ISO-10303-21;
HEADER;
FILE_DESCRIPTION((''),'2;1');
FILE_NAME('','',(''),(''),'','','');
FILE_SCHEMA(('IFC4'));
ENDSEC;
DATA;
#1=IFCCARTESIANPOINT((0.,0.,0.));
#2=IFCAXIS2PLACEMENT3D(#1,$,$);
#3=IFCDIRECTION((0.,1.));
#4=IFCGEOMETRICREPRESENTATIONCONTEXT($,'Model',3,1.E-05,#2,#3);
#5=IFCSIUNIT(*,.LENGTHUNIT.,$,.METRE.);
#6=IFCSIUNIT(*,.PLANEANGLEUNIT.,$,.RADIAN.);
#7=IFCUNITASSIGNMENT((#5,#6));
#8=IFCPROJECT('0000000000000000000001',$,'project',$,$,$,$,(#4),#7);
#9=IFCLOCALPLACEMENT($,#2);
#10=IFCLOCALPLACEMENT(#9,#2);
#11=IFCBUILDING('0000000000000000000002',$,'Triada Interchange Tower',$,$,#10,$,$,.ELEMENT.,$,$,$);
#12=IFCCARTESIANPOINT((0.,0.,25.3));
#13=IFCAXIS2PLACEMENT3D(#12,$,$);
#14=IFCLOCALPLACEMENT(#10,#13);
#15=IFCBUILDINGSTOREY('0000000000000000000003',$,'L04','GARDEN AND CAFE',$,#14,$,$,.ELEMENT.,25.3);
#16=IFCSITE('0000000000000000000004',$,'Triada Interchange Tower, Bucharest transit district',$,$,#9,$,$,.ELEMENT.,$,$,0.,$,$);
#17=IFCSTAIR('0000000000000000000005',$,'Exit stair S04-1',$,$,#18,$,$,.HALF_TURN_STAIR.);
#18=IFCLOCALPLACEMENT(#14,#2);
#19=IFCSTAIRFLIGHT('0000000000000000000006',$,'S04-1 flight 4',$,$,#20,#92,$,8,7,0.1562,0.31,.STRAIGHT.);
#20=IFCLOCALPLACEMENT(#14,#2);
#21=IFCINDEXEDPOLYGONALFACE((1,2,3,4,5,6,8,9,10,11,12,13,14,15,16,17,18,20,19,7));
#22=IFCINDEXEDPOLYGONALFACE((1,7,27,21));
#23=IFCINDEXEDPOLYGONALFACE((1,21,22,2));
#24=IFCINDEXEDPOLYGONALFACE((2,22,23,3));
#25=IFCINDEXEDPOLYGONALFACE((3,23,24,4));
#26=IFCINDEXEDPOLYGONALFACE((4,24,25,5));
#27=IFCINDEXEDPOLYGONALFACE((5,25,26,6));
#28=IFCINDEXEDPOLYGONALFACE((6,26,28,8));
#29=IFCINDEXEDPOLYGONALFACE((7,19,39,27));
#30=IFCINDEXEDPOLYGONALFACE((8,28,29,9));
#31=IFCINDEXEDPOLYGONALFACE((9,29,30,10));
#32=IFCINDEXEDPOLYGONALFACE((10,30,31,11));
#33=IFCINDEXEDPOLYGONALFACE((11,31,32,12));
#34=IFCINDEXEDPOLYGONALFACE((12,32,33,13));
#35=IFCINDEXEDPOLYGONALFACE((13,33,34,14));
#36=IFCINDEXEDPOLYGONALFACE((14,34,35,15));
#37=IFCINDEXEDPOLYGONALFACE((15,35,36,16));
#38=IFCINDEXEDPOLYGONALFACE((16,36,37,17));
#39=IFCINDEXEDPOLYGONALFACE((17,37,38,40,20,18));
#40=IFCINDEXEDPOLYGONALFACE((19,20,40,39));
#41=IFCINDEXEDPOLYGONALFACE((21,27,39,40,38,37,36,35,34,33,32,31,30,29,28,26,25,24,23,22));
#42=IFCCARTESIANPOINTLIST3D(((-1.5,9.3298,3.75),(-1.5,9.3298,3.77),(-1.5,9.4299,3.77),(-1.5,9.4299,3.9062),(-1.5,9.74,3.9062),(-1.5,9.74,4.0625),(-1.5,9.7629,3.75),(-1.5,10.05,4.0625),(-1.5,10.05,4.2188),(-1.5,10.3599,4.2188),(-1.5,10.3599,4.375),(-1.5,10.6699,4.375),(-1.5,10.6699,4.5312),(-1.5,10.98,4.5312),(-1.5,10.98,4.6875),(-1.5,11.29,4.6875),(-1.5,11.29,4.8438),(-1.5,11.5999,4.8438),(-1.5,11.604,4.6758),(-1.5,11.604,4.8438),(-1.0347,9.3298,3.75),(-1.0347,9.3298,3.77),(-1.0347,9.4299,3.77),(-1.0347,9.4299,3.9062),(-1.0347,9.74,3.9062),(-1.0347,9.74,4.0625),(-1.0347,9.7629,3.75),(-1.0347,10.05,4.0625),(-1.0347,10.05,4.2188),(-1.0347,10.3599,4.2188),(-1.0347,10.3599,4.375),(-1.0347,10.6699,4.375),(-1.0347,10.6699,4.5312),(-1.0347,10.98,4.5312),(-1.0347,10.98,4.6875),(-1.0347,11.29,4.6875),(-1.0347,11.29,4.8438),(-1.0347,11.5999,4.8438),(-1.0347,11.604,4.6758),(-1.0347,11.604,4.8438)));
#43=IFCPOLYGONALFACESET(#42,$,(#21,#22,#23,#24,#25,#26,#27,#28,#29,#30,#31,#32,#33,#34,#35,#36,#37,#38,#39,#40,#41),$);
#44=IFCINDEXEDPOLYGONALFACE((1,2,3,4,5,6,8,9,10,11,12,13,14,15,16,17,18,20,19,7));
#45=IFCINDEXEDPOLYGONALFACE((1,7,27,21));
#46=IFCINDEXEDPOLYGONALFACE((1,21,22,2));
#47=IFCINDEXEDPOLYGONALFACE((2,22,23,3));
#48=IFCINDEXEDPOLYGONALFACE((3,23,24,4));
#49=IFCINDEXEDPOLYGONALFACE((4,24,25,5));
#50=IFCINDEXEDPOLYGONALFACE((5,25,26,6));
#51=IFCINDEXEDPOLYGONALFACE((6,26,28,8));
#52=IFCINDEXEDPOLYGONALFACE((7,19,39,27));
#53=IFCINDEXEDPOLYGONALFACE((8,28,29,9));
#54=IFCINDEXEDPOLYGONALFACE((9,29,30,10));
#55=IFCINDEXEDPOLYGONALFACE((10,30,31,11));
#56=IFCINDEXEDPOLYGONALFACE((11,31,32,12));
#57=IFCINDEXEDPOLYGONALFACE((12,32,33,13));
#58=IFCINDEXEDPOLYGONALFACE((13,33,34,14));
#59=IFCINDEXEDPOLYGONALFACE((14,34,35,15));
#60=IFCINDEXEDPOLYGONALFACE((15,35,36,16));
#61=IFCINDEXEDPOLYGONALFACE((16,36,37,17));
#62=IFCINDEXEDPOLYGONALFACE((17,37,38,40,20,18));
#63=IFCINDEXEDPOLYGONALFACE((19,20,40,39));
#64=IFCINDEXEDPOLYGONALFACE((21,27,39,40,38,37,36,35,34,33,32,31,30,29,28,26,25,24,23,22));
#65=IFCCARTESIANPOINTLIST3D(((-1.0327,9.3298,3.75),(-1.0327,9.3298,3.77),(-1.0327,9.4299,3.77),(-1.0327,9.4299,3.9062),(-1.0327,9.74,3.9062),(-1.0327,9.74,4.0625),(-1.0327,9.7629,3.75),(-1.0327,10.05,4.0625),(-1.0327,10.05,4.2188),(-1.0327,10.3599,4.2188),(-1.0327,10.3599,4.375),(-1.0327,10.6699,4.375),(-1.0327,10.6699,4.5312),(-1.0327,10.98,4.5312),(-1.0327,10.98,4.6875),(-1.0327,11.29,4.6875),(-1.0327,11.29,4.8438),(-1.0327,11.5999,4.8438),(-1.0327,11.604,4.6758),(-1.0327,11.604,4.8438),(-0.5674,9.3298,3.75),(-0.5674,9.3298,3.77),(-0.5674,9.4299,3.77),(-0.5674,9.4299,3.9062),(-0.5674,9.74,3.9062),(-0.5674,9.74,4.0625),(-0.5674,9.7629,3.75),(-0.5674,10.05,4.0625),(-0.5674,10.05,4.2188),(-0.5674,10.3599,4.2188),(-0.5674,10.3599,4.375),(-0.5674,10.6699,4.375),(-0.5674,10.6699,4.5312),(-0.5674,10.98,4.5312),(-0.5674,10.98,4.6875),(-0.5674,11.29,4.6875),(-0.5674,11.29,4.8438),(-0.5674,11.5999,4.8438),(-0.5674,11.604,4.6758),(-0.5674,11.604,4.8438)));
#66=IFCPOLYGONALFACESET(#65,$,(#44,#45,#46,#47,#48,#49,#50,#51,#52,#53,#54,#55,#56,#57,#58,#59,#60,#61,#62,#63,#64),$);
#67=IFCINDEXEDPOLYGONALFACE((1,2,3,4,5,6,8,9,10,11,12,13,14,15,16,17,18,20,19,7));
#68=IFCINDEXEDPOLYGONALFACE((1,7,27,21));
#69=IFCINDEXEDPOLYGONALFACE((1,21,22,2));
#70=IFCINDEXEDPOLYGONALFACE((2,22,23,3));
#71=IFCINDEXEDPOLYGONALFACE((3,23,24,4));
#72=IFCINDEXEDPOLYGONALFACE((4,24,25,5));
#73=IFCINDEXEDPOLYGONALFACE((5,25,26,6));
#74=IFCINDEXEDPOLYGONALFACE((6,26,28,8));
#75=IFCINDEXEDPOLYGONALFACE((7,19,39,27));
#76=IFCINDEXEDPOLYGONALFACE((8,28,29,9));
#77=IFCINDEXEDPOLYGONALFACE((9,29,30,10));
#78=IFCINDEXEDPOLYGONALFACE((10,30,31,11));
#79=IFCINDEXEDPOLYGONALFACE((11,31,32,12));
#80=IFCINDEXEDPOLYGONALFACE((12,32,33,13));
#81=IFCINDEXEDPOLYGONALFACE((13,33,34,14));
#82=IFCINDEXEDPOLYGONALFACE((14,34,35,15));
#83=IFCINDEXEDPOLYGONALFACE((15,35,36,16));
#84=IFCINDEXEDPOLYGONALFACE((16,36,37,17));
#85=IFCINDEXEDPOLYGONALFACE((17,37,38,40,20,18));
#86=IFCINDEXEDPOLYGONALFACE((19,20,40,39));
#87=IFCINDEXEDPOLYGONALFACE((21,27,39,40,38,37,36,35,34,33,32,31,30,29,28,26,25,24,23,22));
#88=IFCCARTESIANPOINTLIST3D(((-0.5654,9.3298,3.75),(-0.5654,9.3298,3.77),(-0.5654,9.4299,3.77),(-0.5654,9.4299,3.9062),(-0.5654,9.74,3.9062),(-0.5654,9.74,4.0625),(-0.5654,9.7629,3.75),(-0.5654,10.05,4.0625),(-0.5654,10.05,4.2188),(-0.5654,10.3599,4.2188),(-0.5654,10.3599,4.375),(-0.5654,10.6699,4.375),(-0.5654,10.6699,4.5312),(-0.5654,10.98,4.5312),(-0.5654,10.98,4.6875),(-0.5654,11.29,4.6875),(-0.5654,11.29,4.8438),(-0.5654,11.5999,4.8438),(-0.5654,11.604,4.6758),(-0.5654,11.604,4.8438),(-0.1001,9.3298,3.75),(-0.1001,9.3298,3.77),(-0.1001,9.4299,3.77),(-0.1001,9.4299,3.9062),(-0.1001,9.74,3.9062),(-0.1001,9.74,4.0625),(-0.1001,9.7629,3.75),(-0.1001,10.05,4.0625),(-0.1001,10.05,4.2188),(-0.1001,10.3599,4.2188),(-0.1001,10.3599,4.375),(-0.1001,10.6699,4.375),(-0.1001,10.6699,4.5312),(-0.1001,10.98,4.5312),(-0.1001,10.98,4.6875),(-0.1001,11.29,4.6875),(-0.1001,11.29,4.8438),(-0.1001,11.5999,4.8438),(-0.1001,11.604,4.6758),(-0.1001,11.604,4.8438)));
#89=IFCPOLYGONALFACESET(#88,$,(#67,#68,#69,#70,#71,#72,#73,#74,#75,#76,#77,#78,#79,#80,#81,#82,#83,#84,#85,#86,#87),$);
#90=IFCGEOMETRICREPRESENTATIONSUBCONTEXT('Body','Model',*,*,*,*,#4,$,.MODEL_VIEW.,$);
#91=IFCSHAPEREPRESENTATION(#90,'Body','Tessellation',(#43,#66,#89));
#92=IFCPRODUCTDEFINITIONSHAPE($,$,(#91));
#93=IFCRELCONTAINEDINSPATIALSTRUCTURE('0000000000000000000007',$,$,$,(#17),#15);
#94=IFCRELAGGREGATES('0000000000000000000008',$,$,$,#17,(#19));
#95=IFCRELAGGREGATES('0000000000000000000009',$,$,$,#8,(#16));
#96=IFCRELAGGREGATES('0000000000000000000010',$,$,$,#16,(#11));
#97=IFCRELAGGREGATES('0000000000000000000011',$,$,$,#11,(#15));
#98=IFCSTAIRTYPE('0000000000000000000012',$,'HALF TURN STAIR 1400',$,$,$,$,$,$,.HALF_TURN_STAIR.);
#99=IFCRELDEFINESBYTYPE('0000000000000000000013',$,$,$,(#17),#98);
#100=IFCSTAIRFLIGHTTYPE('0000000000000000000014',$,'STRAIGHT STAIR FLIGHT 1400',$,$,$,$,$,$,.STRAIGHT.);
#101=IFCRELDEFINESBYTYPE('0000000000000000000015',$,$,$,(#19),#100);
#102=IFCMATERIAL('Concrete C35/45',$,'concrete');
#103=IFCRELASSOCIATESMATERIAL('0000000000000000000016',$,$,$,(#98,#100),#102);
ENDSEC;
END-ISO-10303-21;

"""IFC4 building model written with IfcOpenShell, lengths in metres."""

from ifc_helpers import new_model, si_unit, direction, frame, origin, place, context, subcontext, project, spatial, polyline, outline, extrude, material, type_object, element, aggregate, save


model = new_model("IFC4")

# Units and contexts
model_context = context("Model", 3, precision=1e-05, world=origin(), true_north=direction((0.0, 1.0)))
body_context = subcontext(model_context, "Body", "Model", "MODEL_VIEW")
ifc_project = project(units=[si_unit("LENGTHUNIT", "METRE"), si_unit("PLANEANGLEUNIT", "RADIAN")], contexts=[model_context])

# Site, building, storey
site_placement = place(None, origin())
site = spatial("IfcSite", under=ifc_project, at=site_placement, Name="Triada Interchange Tower, Bucharest transit district", CompositionType="ELEMENT", RefElevation=0.0)
building_placement = place(site_placement, origin())
building = spatial("IfcBuilding", under=site, at=building_placement, Name="Triada Interchange Tower", CompositionType="ELEMENT")
storey_placement = place(building_placement, frame((0.0, 0.0, 25.3)))
storey = spatial("IfcBuildingStorey", under=building, at=storey_placement, Name="L04", Description="GARDEN AND CAFE", CompositionType="ELEMENT", Elevation=25.3)

# Stair, stair flight
ifc_material_1 = material(Name="Concrete C35/45", Category="concrete")
stair_type = type_object("IfcStairType", Name="HALF TURN STAIR 1400", PredefinedType="HALF_TURN_STAIR", material=ifc_material_1)
stair_placement = place(storey_placement, origin())
stair = element("IfcStair", 1, at=stair_placement, inside=storey, type_object=stair_type, Name="Exit stair S04-1", PredefinedType="HALF_TURN_STAIR")
stair_flight_type = type_object("IfcStairFlightType", Name="STRAIGHT STAIR FLIGHT 1400", PredefinedType="STRAIGHT", material=ifc_material_1)
stair_flight_1_placement = place(storey_placement, frame((-0.8, 9.4299, 3.75), z_axis=(0.0, 0.0, 1.0), x_axis=(0.0, 1.0, 0.0)))
stair_flight_1 = element("IfcStairFlight", 2, at=stair_flight_1_placement, type_object=stair_flight_type, Name="S04-1 flight 4", NumberOfRisers=8, NumberOfTreads=7, PredefinedType="STRAIGHT", RiserHeight=0.1562, TreadLength=0.31, context=body_context, shape_type="SweptSolid", body=[
    extrude(outline(polyline([(-0.1001, 0.0), (-0.1001, 0.02), (0.0, 0.02), (0.0, 0.1562), (0.3101, 0.1562), (0.3101, 0.3125), (0.6201, 0.3125), (0.6201, 0.4688), (0.9299, 0.4688), (0.9299, 0.625), (1.24, 0.625), (1.24, 0.7812), (1.55, 0.7812), (1.55, 0.9375), (1.8601, 0.9375), (1.8601, 1.0938), (2.1699, 1.0938), (2.1741, 1.0938), (2.1741, 1.25), (2.1741, 0.9258), (0.333, 0.0), (-0.1001, 0.0)])), frame((0.0, 0.7, 0.0), z_axis=(0.0, -1.0, 0.0), x_axis=(1.0, 0.0, 0.0)), (0.0, 0.0, 1.0), 0.4653),
    extrude(outline(polyline([(-0.1001, 0.0), (-0.1001, 0.02), (0.0, 0.02), (0.0, 0.1562), (0.3101, 0.1562), (0.3101, 0.3125), (0.6201, 0.3125), (0.6201, 0.4688), (0.9299, 0.4688), (0.9299, 0.625), (1.24, 0.625), (1.24, 0.7812), (1.55, 0.7812), (1.55, 0.9375), (1.8601, 0.9375), (1.8601, 1.0938), (2.1699, 1.0938), (2.1741, 1.0938), (2.1741, 1.25), (2.1741, 0.9258), (0.333, 0.0), (-0.1001, 0.0)])), frame((0.0, 0.2327, 0.0), z_axis=(0.0, -1.0, 0.0), x_axis=(1.0, 0.0, 0.0)), (0.0, 0.0, 1.0), 0.4653),
    extrude(outline(polyline([(-0.1001, 0.0), (-0.1001, 0.02), (0.0, 0.02), (0.0, 0.1562), (0.3101, 0.1562), (0.3101, 0.3125), (0.6201, 0.3125), (0.6201, 0.4688), (0.9299, 0.4688), (0.9299, 0.625), (1.24, 0.625), (1.24, 0.7812), (1.55, 0.7812), (1.55, 0.9375), (1.8601, 0.9375), (1.8601, 1.0938), (2.1699, 1.0938), (2.1741, 1.0938), (2.1741, 1.25), (2.1741, 0.9258), (0.333, 0.0), (-0.1001, 0.0)])), frame((0.0, -0.2346, 0.0), z_axis=(0.0, -1.0, 0.0), x_axis=(1.0, 0.0, 0.0)), (0.0, 0.0, 1.0), 0.4653),
])
aggregate(stair, [stair_flight_1])

save(model, "model.ifc")
